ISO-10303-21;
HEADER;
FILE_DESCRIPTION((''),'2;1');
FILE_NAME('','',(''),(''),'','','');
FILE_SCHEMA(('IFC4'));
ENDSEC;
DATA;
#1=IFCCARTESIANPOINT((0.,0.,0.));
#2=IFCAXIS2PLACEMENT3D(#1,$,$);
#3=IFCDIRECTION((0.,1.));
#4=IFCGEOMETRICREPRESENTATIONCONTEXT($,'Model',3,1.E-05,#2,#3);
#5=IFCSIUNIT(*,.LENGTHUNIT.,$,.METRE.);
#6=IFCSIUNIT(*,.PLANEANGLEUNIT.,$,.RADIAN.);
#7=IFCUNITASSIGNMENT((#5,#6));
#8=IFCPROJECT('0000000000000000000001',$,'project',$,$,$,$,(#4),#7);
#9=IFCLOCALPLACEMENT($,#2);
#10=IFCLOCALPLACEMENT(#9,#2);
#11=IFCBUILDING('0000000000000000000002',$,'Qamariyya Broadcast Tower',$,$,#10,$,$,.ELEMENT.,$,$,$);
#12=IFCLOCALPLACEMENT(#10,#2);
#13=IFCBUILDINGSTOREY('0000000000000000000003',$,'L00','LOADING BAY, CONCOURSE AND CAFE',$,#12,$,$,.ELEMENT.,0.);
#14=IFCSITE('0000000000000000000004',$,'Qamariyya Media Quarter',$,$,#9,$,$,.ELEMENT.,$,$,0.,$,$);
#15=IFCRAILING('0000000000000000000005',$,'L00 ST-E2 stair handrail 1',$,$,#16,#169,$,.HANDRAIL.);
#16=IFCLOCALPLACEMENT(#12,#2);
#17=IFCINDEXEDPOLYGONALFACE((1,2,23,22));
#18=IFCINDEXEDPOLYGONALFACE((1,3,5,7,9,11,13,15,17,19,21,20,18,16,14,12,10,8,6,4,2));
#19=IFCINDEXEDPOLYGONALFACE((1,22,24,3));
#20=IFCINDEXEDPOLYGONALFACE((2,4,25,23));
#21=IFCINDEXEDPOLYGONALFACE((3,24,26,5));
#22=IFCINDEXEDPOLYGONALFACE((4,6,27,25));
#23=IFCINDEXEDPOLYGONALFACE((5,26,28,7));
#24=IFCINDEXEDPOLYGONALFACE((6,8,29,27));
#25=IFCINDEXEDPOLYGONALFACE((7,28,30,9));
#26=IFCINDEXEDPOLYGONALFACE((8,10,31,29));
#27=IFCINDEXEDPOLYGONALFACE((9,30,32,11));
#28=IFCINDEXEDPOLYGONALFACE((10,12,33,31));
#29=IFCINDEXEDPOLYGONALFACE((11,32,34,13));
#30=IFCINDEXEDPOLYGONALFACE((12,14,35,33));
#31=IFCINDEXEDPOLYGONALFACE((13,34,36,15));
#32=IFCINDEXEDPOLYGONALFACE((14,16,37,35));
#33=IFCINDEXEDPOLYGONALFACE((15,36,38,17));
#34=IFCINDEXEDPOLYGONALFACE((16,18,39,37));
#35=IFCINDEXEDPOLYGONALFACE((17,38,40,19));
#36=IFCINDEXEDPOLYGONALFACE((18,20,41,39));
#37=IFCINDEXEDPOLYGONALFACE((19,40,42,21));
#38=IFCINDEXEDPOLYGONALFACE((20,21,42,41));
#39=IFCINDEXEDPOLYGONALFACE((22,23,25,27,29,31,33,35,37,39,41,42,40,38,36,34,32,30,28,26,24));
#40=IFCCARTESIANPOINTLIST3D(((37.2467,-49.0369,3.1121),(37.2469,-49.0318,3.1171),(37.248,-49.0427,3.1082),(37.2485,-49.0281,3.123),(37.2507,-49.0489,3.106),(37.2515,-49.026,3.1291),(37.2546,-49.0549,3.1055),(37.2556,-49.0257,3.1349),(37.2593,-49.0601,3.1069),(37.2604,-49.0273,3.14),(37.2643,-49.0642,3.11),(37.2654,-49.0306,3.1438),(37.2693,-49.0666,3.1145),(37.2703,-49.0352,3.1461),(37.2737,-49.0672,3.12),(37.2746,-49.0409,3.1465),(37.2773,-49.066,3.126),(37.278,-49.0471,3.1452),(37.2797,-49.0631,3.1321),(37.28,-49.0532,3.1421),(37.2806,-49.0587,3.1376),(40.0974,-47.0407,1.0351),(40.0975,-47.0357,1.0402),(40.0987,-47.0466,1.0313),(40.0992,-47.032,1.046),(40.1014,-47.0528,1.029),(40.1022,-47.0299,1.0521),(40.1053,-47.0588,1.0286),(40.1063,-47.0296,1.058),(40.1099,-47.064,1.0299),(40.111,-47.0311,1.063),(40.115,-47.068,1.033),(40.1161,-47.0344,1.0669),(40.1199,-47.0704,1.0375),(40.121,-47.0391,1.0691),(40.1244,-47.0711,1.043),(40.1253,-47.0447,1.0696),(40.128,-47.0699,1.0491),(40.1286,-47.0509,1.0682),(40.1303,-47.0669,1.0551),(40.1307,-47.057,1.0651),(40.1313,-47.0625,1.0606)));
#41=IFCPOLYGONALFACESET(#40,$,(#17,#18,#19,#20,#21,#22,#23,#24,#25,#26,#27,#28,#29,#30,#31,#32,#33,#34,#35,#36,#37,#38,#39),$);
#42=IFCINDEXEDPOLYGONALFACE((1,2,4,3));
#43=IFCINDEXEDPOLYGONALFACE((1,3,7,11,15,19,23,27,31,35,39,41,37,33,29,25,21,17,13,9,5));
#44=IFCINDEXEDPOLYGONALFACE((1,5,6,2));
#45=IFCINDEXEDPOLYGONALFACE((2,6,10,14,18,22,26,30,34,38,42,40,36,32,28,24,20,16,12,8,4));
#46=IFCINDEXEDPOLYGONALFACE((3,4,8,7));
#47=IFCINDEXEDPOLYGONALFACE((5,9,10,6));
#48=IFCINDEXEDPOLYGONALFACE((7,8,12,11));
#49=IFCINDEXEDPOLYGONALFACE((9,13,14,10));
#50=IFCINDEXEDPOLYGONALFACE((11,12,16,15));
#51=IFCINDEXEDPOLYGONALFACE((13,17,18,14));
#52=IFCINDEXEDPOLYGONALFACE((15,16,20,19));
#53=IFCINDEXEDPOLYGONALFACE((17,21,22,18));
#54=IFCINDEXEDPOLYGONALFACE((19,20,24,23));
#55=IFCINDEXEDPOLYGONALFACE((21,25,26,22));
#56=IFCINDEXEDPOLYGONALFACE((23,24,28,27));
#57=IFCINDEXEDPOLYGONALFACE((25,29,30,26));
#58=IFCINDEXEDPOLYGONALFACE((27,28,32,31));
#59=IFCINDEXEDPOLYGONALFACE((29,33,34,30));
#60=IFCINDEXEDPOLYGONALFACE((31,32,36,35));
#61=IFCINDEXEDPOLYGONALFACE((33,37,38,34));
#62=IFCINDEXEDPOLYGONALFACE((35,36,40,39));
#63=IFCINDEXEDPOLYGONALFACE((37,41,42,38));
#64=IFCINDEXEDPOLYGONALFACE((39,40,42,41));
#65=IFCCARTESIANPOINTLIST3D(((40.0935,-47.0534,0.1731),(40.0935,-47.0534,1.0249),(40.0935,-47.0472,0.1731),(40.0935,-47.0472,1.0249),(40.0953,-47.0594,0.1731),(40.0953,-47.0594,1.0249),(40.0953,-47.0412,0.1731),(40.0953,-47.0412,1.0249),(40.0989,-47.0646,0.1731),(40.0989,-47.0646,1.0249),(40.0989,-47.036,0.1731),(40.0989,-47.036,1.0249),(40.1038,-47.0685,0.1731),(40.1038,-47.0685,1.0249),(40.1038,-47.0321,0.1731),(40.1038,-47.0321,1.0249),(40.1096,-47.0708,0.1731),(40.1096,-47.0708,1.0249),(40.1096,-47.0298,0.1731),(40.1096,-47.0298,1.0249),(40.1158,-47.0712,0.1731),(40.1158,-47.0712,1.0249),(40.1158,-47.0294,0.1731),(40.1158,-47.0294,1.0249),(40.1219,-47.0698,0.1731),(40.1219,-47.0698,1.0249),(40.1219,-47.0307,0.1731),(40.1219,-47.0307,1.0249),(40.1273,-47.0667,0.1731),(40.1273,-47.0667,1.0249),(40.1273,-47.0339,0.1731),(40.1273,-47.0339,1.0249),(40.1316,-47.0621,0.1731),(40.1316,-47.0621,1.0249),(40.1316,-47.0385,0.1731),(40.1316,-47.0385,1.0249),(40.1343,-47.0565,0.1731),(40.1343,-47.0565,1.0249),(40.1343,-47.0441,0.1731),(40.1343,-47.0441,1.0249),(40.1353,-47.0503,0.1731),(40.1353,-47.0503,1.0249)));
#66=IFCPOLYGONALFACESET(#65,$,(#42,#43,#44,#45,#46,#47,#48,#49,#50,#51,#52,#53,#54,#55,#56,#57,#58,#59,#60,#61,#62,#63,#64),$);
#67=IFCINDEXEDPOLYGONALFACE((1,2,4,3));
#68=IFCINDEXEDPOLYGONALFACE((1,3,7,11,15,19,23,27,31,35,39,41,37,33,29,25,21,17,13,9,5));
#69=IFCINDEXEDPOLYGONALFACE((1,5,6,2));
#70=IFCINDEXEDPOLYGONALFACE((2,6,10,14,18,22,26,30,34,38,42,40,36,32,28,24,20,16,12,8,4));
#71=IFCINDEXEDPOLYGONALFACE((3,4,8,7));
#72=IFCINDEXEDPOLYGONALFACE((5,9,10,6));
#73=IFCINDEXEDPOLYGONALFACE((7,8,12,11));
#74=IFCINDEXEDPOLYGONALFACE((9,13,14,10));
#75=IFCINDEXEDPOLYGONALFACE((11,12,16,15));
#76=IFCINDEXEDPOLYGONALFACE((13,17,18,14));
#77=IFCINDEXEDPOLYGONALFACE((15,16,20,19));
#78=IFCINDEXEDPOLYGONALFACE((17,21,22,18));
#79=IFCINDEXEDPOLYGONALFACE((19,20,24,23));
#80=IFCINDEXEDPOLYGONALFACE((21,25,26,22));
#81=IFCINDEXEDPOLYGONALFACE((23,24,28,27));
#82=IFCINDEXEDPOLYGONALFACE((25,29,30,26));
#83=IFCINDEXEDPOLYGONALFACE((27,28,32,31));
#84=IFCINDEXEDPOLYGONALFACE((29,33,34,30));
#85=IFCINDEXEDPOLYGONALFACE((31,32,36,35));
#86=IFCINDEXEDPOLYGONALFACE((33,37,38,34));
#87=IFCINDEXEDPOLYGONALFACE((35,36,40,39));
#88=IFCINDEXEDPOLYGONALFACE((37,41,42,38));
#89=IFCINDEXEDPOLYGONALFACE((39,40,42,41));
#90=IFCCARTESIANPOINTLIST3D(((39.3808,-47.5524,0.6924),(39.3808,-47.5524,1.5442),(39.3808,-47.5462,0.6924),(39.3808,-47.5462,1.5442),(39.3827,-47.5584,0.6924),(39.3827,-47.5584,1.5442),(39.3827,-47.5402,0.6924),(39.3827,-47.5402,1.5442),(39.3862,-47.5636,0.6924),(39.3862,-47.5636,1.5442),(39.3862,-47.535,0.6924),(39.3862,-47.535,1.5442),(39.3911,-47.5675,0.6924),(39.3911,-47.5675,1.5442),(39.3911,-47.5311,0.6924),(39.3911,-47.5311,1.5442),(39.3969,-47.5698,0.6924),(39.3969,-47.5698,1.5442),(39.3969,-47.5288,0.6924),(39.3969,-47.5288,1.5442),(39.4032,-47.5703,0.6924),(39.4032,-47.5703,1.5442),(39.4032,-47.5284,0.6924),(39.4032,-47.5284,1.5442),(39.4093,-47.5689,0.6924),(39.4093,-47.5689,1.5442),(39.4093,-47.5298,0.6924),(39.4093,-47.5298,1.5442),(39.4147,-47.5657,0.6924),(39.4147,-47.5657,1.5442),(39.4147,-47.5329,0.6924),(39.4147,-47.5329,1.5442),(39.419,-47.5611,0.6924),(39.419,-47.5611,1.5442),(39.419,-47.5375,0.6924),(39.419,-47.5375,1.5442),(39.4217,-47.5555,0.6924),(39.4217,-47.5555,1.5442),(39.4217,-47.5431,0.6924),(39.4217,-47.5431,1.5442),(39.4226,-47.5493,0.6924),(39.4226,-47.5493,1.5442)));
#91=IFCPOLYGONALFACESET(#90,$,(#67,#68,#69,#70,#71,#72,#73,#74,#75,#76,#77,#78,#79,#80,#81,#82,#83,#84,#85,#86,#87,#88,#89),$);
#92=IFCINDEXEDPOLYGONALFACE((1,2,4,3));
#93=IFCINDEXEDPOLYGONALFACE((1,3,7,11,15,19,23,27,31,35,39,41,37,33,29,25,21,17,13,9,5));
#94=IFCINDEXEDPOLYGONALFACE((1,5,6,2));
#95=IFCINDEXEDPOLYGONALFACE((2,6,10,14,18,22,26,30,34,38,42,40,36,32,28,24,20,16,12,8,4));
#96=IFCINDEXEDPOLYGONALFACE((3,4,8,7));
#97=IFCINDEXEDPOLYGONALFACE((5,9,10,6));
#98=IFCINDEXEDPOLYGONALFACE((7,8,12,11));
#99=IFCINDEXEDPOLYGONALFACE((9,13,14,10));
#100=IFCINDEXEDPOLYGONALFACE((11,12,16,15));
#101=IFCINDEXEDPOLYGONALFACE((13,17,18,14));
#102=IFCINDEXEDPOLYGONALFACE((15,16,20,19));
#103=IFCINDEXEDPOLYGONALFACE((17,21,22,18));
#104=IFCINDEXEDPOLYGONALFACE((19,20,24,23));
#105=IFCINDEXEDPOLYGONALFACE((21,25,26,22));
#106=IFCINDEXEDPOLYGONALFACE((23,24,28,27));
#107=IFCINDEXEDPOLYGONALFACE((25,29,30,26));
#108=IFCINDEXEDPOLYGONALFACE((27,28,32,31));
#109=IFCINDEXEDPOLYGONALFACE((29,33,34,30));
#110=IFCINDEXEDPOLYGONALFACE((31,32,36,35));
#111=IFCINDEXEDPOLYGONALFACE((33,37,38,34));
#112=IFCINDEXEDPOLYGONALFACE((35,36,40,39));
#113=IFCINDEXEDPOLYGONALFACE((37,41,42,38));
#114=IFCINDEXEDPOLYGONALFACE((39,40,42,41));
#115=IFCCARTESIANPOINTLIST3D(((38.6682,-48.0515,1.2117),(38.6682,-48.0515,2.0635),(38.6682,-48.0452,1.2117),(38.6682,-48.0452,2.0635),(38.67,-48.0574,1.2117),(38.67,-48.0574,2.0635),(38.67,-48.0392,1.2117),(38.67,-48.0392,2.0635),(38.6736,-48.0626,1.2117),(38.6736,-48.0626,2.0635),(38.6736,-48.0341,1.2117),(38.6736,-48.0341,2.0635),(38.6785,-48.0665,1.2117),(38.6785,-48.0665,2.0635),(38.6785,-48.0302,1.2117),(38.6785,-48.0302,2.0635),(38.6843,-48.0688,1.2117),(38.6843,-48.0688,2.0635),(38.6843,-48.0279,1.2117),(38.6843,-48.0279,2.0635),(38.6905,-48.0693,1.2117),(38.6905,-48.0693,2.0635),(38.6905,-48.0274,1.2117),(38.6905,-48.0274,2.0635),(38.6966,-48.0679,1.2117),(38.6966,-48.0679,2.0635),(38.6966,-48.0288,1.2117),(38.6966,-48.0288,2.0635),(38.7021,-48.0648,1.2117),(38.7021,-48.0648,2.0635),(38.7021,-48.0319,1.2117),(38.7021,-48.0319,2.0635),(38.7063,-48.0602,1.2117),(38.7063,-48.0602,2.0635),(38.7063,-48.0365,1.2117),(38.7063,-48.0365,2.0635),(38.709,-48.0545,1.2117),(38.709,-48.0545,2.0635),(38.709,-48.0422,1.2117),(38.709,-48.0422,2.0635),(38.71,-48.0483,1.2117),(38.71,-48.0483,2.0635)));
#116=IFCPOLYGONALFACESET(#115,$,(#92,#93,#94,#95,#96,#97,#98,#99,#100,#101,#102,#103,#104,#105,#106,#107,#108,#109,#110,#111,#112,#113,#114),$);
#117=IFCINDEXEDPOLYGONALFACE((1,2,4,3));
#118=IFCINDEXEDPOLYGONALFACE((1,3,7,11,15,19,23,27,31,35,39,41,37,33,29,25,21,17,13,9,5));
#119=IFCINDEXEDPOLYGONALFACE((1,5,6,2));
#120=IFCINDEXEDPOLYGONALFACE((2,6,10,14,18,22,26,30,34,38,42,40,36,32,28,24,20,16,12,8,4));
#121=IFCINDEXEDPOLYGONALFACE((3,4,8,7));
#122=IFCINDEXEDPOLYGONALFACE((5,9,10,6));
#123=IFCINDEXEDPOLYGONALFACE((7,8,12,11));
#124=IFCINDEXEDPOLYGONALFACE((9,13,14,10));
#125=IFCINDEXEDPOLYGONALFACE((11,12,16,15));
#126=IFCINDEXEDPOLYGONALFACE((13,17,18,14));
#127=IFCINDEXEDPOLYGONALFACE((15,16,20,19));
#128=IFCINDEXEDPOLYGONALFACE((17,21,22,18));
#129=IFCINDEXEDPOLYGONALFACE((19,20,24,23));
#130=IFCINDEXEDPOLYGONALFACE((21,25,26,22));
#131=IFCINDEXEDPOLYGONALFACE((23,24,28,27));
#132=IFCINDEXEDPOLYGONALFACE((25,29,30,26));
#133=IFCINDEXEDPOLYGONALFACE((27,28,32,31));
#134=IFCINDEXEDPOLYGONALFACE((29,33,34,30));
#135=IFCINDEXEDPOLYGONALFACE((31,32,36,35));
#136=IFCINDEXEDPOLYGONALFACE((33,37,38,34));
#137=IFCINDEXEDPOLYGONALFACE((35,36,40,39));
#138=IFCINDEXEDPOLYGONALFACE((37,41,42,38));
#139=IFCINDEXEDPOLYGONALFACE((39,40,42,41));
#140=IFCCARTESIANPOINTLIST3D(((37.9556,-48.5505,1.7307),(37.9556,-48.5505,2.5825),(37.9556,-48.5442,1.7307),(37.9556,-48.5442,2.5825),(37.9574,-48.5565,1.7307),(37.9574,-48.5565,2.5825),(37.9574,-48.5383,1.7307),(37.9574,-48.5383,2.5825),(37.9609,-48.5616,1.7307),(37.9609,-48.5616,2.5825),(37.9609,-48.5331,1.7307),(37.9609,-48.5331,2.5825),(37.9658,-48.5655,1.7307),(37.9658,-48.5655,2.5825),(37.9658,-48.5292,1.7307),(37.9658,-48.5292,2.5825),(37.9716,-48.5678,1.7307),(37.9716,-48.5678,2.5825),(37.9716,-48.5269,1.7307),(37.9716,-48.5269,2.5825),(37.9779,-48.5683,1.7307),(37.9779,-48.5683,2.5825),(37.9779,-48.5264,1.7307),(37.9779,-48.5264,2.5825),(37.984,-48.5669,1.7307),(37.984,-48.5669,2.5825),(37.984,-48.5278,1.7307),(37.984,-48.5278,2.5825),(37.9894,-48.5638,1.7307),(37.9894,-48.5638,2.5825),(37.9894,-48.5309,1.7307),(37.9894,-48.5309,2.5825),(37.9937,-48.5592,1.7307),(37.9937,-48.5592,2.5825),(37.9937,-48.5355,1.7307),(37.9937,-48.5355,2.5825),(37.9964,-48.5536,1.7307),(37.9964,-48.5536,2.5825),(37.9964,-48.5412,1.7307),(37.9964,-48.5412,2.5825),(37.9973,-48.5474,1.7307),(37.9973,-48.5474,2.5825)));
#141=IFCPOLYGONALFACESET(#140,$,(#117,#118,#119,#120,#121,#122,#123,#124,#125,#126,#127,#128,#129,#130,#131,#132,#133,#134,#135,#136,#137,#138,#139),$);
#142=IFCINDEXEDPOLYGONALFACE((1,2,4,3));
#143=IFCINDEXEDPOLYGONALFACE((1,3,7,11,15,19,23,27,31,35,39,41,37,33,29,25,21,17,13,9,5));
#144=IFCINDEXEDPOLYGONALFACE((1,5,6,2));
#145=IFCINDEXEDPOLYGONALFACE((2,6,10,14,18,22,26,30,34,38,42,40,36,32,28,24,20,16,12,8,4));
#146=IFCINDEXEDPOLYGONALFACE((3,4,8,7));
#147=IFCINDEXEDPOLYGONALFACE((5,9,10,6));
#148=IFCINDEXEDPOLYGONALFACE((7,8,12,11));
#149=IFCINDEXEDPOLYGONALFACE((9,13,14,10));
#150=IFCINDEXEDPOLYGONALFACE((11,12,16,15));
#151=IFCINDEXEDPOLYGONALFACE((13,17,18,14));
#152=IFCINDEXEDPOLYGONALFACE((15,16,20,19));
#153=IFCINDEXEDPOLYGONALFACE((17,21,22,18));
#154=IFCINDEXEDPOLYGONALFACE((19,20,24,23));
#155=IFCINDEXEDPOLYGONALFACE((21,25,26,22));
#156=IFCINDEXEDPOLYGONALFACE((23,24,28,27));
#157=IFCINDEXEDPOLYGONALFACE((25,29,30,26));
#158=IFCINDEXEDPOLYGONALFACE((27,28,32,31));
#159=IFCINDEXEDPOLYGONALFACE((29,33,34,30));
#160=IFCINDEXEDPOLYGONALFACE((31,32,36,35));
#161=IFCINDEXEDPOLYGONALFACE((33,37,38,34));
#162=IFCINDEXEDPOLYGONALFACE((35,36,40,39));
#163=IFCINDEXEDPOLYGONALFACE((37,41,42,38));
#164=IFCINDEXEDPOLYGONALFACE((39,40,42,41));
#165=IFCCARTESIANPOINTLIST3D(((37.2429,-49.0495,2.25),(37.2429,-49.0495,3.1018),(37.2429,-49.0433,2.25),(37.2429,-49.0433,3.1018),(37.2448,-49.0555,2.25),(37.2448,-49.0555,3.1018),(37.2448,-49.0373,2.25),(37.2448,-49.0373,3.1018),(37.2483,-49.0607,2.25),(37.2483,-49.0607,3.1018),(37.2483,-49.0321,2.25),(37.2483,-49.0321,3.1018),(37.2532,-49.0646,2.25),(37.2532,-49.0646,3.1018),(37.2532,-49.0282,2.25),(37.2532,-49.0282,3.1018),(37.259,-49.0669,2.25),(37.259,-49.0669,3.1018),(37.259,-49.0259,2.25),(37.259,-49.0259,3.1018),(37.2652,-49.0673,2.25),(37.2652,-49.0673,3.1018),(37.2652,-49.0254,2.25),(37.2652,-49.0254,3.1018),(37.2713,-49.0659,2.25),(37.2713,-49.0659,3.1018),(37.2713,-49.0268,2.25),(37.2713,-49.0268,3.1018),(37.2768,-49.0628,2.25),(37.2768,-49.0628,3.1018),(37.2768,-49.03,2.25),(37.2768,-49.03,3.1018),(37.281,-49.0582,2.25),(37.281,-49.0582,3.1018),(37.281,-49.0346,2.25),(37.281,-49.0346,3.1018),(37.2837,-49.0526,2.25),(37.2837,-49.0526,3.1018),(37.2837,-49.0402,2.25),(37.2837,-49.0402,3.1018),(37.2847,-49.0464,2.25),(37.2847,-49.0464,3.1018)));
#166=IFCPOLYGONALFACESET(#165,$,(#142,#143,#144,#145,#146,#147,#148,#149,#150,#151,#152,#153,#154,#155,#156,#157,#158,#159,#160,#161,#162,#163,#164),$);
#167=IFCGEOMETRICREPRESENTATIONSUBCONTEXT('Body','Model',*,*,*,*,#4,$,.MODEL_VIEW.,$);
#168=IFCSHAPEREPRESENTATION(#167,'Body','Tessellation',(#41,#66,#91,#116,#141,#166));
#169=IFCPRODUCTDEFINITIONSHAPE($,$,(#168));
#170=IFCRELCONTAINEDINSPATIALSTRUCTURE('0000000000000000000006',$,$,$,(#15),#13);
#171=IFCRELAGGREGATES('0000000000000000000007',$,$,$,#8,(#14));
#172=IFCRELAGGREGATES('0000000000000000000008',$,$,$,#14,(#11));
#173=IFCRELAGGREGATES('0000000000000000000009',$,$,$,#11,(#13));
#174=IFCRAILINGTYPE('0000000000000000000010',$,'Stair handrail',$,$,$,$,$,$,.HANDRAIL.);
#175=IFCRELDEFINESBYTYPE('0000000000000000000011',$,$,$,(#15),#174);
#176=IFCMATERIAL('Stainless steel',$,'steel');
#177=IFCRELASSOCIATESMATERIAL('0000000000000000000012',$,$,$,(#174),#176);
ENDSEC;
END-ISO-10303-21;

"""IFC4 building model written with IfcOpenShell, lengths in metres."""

from ifc_helpers import new_model, si_unit, direction, frame, origin, origin_2d, place, context, subcontext, project, spatial, circle, extrude, material, type_object, element, save


model = new_model("IFC4")

# Units and contexts
model_context = context("Model", 3, precision=1e-05, world=origin(), true_north=direction((0.0, 1.0)))
body_context = subcontext(model_context, "Body", "Model", "MODEL_VIEW")
ifc_project = project(units=[si_unit("LENGTHUNIT", "METRE"), si_unit("PLANEANGLEUNIT", "RADIAN")], contexts=[model_context])

# Site, building, storey
site_placement = place(None, origin())
site = spatial("IfcSite", under=ifc_project, at=site_placement, Name="Qamariyya Media Quarter", CompositionType="ELEMENT", RefElevation=0.0)
building_placement = place(site_placement, origin())
building = spatial("IfcBuilding", under=site, at=building_placement, Name="Qamariyya Broadcast Tower", CompositionType="ELEMENT")
storey_placement = place(building_placement, origin())
storey = spatial("IfcBuildingStorey", under=building, at=storey_placement, Name="L00", Description="LOADING BAY, CONCOURSE AND CAFE", CompositionType="ELEMENT", Elevation=0.0)

# Railing
ifc_material_1 = material(Name="Stainless steel", Category="steel")
railing_type_1 = type_object("IfcRailingType", Name="Stair handrail", PredefinedType="HANDRAIL", material=ifc_material_1)
for number, where, name in (
    (1, (40.1143, -47.0503, 0.1731), "L00 ST-E2 stair handrail 1"),
):
    element("IfcRailing", number, at=place(storey_placement, frame(where)), inside=storey, type_object=railing_type_1, Name=name, PredefinedType="HANDRAIL", context=body_context, shape_type="SweptSolid", body=[
        extrude(circle(Radius=0.0239, at=origin_2d()), frame((0.0, 0.0, 0.876), z_axis=(-0.703393, -0.492544, 0.512484), x_axis=(0.573594, -0.81914, 0.0)), (0.0, 0.0, 1.0), 4.0527),
        extrude(circle(Radius=0.021, at=origin_2d()), origin(), (0.0, 0.0, 1.0), 0.8518),
        extrude(circle(Radius=0.021, at=origin_2d()), frame((-0.7126, -0.499, 0.5193)), (0.0, 0.0, 1.0), 0.8518),
        extrude(circle(Radius=0.021, at=origin_2d()), frame((-1.4253, -0.998, 1.0386)), (0.0, 0.0, 1.0), 0.8518),
        extrude(circle(Radius=0.021, at=origin_2d()), frame((-2.1379, -1.4971, 1.5576)), (0.0, 0.0, 1.0), 0.8518),
        extrude(circle(Radius=0.021, at=origin_2d()), frame((-2.8506, -1.9961, 2.0769)), (0.0, 0.0, 1.0), 0.8518),
    ])

save(model, "model.ifc")
